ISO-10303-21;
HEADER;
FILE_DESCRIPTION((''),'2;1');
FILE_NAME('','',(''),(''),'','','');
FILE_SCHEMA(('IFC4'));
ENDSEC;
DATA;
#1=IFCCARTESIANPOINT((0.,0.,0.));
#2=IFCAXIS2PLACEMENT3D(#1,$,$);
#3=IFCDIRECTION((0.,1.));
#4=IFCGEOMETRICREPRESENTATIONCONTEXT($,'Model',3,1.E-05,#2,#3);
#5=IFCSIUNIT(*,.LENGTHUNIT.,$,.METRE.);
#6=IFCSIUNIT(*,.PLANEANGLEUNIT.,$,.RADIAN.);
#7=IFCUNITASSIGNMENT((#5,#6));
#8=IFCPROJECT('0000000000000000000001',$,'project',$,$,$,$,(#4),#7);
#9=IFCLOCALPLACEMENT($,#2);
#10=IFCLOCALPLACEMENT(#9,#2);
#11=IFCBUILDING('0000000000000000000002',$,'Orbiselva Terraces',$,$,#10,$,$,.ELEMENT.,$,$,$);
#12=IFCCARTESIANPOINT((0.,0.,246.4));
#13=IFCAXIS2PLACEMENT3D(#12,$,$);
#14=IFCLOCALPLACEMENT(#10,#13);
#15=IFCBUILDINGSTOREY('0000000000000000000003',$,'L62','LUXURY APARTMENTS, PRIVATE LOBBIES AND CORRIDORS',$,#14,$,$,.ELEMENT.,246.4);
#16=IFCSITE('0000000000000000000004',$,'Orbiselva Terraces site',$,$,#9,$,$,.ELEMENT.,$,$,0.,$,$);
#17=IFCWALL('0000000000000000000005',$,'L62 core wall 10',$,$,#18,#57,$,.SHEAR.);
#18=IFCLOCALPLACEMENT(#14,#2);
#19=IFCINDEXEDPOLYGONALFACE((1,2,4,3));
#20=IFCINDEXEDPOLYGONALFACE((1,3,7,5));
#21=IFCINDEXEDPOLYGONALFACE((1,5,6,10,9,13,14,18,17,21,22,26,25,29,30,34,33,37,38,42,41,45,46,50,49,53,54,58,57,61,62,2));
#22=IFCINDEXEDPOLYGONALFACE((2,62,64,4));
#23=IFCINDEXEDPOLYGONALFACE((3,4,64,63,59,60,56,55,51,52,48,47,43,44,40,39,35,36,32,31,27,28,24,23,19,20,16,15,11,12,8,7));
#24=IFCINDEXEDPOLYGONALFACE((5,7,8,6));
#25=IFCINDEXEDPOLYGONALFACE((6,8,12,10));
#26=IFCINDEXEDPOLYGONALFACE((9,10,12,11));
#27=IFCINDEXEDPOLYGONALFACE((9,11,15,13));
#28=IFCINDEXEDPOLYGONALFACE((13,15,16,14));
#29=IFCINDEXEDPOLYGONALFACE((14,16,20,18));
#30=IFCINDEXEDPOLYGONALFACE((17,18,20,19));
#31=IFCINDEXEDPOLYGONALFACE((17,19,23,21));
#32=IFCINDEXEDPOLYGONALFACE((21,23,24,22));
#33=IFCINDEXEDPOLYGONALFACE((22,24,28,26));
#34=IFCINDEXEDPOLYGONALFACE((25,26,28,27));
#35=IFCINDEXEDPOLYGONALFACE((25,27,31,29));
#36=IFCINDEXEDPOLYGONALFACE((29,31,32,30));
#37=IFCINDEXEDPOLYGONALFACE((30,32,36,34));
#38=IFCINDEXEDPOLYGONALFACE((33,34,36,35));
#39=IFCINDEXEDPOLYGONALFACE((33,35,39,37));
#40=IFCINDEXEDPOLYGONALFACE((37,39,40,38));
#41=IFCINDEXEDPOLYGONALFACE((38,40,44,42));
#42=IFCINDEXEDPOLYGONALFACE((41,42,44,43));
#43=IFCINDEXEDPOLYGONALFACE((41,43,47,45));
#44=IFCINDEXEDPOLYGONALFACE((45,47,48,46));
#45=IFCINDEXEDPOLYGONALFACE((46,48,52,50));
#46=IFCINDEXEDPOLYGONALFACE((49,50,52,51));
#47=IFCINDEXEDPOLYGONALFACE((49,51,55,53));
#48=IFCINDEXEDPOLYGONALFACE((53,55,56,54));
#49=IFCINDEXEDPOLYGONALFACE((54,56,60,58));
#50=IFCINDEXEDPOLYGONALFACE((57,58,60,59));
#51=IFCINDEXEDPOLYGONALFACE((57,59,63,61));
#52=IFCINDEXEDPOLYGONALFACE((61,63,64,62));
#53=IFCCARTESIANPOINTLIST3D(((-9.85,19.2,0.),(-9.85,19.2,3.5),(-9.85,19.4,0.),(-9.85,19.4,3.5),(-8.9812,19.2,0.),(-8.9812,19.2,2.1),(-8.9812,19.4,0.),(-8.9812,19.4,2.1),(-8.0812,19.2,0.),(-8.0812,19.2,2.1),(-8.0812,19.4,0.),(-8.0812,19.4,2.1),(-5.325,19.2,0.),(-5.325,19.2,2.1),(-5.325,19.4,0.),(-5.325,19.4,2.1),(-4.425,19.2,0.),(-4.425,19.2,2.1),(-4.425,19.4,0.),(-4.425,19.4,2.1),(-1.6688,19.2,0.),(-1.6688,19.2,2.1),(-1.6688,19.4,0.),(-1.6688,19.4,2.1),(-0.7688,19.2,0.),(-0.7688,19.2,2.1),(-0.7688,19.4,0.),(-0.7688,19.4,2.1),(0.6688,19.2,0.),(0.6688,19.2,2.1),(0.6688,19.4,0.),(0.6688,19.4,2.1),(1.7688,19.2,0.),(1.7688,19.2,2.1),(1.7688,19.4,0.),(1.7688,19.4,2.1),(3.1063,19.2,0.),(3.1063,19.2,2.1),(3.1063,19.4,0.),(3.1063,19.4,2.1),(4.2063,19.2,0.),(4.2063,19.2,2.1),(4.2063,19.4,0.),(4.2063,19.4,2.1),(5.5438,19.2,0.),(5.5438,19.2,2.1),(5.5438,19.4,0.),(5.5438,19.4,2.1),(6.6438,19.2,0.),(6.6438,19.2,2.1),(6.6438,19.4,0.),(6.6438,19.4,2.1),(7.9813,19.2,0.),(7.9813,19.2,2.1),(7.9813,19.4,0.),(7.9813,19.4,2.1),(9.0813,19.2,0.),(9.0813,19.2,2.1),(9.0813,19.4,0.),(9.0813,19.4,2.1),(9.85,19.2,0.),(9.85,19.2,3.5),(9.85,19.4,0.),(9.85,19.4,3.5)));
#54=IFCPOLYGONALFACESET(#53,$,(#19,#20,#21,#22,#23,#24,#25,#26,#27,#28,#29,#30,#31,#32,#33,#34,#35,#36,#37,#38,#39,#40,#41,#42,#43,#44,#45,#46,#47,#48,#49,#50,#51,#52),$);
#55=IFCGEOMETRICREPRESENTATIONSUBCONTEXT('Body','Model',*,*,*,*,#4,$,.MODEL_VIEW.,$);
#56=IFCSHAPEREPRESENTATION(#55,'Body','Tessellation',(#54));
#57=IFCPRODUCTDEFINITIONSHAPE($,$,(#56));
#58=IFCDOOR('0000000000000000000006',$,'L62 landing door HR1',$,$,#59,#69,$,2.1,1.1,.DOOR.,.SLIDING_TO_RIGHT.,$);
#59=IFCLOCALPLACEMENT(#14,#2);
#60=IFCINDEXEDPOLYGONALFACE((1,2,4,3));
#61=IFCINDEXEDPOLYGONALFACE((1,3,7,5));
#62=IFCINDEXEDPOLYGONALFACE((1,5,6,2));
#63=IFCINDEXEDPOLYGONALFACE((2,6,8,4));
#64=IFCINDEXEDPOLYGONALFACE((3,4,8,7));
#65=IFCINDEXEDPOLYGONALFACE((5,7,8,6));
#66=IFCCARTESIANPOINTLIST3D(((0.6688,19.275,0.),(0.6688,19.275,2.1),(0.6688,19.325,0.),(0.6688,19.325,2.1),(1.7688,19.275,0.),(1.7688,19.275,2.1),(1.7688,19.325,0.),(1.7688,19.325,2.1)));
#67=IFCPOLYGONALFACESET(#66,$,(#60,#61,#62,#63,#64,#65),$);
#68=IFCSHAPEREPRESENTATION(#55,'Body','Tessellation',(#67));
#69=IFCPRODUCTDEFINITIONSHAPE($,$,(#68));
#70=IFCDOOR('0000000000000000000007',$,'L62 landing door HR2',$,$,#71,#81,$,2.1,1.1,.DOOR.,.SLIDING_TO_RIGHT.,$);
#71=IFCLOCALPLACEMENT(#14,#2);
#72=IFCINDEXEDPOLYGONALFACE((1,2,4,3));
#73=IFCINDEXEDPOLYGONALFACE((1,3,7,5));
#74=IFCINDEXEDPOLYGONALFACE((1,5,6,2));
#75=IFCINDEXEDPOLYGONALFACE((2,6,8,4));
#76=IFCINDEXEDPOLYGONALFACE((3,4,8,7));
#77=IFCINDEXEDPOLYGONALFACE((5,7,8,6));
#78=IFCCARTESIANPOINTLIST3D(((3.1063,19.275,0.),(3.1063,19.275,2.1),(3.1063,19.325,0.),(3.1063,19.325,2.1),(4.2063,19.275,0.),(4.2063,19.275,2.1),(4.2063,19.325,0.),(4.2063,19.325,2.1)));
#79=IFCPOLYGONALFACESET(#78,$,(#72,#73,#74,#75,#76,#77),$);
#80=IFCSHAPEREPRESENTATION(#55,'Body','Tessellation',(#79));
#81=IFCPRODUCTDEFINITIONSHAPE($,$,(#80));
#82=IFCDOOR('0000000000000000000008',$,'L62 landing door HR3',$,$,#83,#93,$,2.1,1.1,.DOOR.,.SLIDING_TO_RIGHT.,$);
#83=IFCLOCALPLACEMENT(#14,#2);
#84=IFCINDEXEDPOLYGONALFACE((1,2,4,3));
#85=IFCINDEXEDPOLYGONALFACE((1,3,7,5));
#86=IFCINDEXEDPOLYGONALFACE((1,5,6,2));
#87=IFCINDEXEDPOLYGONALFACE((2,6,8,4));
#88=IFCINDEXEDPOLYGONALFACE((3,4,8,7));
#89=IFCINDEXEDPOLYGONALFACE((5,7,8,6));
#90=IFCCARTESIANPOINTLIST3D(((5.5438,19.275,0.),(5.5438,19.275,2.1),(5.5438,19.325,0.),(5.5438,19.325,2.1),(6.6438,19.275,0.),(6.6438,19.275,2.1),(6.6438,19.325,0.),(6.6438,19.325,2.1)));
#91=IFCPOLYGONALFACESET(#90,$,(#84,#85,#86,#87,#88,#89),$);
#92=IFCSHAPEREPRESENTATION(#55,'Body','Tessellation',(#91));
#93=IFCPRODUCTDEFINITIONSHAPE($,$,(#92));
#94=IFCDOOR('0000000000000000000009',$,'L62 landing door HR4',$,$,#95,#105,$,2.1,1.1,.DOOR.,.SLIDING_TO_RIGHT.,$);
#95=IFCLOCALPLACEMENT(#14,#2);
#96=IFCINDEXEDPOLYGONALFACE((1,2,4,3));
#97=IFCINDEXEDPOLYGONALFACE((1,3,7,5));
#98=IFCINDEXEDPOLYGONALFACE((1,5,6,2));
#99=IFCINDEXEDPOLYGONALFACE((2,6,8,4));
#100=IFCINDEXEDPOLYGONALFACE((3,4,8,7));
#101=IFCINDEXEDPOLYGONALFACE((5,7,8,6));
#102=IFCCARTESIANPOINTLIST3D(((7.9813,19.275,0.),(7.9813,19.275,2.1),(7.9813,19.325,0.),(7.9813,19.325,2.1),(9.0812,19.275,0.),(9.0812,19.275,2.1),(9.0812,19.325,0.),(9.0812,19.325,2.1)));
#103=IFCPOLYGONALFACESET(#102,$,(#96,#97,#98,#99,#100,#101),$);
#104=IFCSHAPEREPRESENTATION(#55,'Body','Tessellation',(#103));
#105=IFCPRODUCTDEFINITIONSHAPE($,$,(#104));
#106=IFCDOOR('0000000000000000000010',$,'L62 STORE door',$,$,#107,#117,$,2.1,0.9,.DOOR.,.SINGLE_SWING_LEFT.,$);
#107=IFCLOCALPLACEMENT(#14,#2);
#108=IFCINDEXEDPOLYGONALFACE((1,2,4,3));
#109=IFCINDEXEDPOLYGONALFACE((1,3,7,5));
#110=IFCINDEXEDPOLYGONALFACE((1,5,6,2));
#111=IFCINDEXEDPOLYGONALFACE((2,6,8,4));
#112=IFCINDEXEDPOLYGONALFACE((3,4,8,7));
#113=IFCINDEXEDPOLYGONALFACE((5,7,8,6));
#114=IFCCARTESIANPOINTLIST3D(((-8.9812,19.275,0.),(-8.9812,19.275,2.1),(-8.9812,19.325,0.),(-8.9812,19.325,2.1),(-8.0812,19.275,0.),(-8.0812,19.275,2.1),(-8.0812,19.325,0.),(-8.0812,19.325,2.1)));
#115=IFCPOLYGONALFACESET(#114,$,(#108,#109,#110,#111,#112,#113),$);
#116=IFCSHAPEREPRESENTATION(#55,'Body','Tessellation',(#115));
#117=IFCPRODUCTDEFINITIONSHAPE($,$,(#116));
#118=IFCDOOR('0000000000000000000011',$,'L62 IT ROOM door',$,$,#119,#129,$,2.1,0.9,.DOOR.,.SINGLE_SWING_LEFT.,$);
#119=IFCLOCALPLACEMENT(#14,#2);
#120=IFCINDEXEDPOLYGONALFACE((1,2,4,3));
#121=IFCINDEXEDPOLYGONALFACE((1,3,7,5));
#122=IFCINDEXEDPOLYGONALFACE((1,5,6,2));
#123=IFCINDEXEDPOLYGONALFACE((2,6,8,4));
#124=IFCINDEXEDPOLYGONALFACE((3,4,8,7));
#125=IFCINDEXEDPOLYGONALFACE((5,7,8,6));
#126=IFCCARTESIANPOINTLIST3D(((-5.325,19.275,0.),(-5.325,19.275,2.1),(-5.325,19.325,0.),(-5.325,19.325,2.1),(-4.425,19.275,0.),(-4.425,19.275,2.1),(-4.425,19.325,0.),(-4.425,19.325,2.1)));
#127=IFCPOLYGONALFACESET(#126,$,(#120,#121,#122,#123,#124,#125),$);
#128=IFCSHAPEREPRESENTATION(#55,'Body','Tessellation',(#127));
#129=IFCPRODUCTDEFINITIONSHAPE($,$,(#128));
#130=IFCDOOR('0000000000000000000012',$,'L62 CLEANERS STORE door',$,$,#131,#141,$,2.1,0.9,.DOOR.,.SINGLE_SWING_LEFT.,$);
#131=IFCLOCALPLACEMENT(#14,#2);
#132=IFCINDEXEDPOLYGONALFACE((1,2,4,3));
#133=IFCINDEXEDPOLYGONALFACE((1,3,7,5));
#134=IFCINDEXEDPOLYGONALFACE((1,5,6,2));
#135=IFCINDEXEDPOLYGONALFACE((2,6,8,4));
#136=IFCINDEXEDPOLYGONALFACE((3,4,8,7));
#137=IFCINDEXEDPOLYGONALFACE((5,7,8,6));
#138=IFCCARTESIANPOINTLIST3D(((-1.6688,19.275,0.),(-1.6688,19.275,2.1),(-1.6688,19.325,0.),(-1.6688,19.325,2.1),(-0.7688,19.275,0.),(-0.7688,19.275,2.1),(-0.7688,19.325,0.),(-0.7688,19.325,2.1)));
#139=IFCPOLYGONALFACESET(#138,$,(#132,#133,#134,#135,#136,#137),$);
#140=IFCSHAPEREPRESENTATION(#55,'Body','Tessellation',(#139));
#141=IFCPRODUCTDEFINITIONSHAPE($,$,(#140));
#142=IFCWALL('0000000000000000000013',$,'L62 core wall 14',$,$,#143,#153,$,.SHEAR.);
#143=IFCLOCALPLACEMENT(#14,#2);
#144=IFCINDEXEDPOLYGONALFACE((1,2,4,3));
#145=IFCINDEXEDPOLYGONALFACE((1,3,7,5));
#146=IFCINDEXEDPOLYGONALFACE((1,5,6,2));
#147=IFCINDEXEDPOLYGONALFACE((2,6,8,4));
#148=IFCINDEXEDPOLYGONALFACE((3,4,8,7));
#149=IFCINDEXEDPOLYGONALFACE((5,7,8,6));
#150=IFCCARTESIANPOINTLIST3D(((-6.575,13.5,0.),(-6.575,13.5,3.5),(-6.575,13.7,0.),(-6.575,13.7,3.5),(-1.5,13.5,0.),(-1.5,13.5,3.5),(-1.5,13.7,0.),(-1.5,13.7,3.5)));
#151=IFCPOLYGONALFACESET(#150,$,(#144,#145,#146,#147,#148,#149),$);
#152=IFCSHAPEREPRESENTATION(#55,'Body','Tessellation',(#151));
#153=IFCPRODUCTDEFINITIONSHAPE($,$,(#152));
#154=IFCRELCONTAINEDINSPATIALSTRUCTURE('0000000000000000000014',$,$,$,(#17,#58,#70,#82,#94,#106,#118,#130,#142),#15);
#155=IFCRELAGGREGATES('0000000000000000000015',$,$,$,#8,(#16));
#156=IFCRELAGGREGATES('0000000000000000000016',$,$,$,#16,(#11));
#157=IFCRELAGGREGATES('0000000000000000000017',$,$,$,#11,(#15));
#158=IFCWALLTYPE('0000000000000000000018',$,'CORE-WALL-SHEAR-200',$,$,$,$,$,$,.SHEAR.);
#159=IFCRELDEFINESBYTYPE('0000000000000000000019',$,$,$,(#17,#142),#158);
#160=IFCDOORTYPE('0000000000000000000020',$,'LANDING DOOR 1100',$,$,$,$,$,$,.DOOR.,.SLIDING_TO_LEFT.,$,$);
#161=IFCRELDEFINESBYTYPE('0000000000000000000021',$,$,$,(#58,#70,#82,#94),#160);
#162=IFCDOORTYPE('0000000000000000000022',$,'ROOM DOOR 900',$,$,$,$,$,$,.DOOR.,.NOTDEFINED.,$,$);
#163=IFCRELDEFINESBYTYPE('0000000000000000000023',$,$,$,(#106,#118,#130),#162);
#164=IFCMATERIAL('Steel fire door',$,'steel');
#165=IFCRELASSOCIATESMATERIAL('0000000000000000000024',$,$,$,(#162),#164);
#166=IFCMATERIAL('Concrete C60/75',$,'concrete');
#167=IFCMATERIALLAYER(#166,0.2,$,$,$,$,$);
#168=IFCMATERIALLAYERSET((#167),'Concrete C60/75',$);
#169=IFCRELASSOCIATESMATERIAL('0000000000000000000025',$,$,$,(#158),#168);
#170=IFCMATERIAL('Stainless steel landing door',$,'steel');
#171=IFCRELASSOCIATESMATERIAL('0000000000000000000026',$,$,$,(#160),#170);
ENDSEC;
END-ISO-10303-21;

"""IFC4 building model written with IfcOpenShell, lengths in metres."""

from ifc_helpers import new_model, si_unit, direction, frame, frame_2d, origin, place, context, subcontext, project, spatial, rectangle, extrude, material, layer, layer_set, type_object, element, fill, save


model = new_model("IFC4")

# Units and contexts
model_context = context("Model", 3, precision=1e-05, world=origin(), true_north=direction((0.0, 1.0)))
body_context = subcontext(model_context, "Body", "Model", "MODEL_VIEW")
ifc_project = project(units=[si_unit("LENGTHUNIT", "METRE"), si_unit("PLANEANGLEUNIT", "RADIAN")], contexts=[model_context])

# Site, building, storey
site_placement = place(None, origin())
site = spatial("IfcSite", under=ifc_project, at=site_placement, Name="Orbiselva Terraces site", CompositionType="ELEMENT", RefElevation=0.0)
building_placement = place(site_placement, origin())
building = spatial("IfcBuilding", under=site, at=building_placement, Name="Orbiselva Terraces", CompositionType="ELEMENT")
storey_placement = place(building_placement, frame((0.0, 0.0, 246.4)))
storey = spatial("IfcBuildingStorey", under=building, at=storey_placement, Name="L62", Description="LUXURY APARTMENTS, PRIVATE LOBBIES AND CORRIDORS", CompositionType="ELEMENT", Elevation=246.4)

# Shared definitions
ifc_material_1 = material(Name="Steel fire door", Category="steel")
door_type_1 = type_object("IfcDoorType", Name="ROOM DOOR 900", OperationType="NOTDEFINED", PredefinedType="DOOR", material=ifc_material_1)

# Shared definitions
ifc_material_2 = material(Name="Concrete C60/75", Category="concrete")
ifc_layer_1 = layer(ifc_material_2, 0.2)
ifc_layer_set_1 = layer_set([ifc_layer_1], Name="Concrete C60/75")
wall_type_1 = type_object("IfcWallType", Name="CORE-WALL-SHEAR-200", PredefinedType="SHEAR", material=ifc_layer_set_1)

# Wall, openings, doors
wall_1_placement = place(storey_placement, frame((-9.85, 19.3, 0.0), z_axis=(0.0, 0.0, 1.0), x_axis=(1.0, 0.0, 0.0)))
wall_1 = element("IfcWall", 1, at=wall_1_placement, inside=storey, type_object=wall_type_1, Name="L62 core wall 10", PredefinedType="SHEAR", context=body_context, shape_type="SweptSolid", body=[
    extrude(rectangle(XDim=19.7, YDim=0.2, at=frame_2d((9.85, 0.0))), origin(), (0.0, 0.0, 1.0), 3.5),
])
opening_1_placement = place(wall_1_placement, frame((10.5188, 0.0, 0.0)))
opening_1 = element("IfcOpeningElement", 2, at=opening_1_placement, cuts=wall_1, PredefinedType="OPENING", context=body_context, shape_type="SweptSolid", body=[
    extrude(rectangle(XDim=1.1, YDim=2.1, at=frame_2d((0.55, 1.05))), frame((0.0, 0.11, 0.0), z_axis=(0.0, -1.0, 0.0), x_axis=(1.0, 0.0, 0.0)), (0.0, 0.0, 1.0), 0.22),
])
opening_2_placement = place(wall_1_placement, frame((12.9563, 0.0, 0.0)))
opening_2 = element("IfcOpeningElement", 3, at=opening_2_placement, cuts=wall_1, PredefinedType="OPENING", context=body_context, shape_type="SweptSolid", body=[
    extrude(rectangle(XDim=1.1, YDim=2.1, at=frame_2d((0.55, 1.05))), frame((0.0, 0.11, 0.0), z_axis=(0.0, -1.0, 0.0), x_axis=(1.0, 0.0, 0.0)), (0.0, 0.0, 1.0), 0.22),
])
opening_3_placement = place(wall_1_placement, frame((15.3938, 0.0, 0.0)))
opening_3 = element("IfcOpeningElement", 4, at=opening_3_placement, cuts=wall_1, PredefinedType="OPENING", context=body_context, shape_type="SweptSolid", body=[
    extrude(rectangle(XDim=1.1, YDim=2.1, at=frame_2d((0.55, 1.05))), frame((0.0, 0.11, 0.0), z_axis=(0.0, -1.0, 0.0), x_axis=(1.0, 0.0, 0.0)), (0.0, 0.0, 1.0), 0.22),
])
opening_4_placement = place(wall_1_placement, frame((17.8313, 0.0, 0.0)))
opening_4 = element("IfcOpeningElement", 5, at=opening_4_placement, cuts=wall_1, PredefinedType="OPENING", context=body_context, shape_type="SweptSolid", body=[
    extrude(rectangle(XDim=1.1, YDim=2.1, at=frame_2d((0.55, 1.05))), frame((0.0, 0.11, 0.0), z_axis=(0.0, -1.0, 0.0), x_axis=(1.0, 0.0, 0.0)), (0.0, 0.0, 1.0), 0.22),
])
opening_5_placement = place(wall_1_placement, frame((0.8688, 0.0, 0.0)))
opening_5 = element("IfcOpeningElement", 6, at=opening_5_placement, cuts=wall_1, PredefinedType="OPENING", context=body_context, shape_type="SweptSolid", body=[
    extrude(rectangle(XDim=0.9, YDim=2.1, at=frame_2d((0.45, 1.05))), frame((0.0, 0.11, 0.0), z_axis=(0.0, -1.0, 0.0), x_axis=(1.0, 0.0, 0.0)), (0.0, 0.0, 1.0), 0.22),
])
opening_6_placement = place(wall_1_placement, frame((4.525, 0.0, 0.0)))
opening_6 = element("IfcOpeningElement", 7, at=opening_6_placement, cuts=wall_1, PredefinedType="OPENING", context=body_context, shape_type="SweptSolid", body=[
    extrude(rectangle(XDim=0.9, YDim=2.1, at=frame_2d((0.45, 1.05))), frame((0.0, 0.11, 0.0), z_axis=(0.0, -1.0, 0.0), x_axis=(1.0, 0.0, 0.0)), (0.0, 0.0, 1.0), 0.22),
])
opening_7_placement = place(wall_1_placement, frame((8.1812, 0.0, 0.0)))
opening_7 = element("IfcOpeningElement", 8, at=opening_7_placement, cuts=wall_1, PredefinedType="OPENING", context=body_context, shape_type="SweptSolid", body=[
    extrude(rectangle(XDim=0.9, YDim=2.1, at=frame_2d((0.45, 1.05))), frame((0.0, 0.11, 0.0), z_axis=(0.0, -1.0, 0.0), x_axis=(1.0, 0.0, 0.0)), (0.0, 0.0, 1.0), 0.22),
])
ifc_material_3 = material(Name="Stainless steel landing door", Category="steel")
door_type_2 = type_object("IfcDoorType", Name="LANDING DOOR 1100", OperationType="SLIDING_TO_LEFT", PredefinedType="DOOR", material=ifc_material_3)
door_1_placement = place(opening_1_placement, origin())
door_1 = element("IfcDoor", 9, at=door_1_placement, inside=storey, type_object=door_type_2, Name="L62 landing door HR1", OperationType="SLIDING_TO_RIGHT", OverallHeight=2.1, OverallWidth=1.1, PredefinedType="DOOR", context=body_context, shape_type="SweptSolid", body=[
    extrude(rectangle(XDim=1.1, YDim=2.1, at=frame_2d((0.55, 1.05))), frame((0.0, 0.025, 0.0), z_axis=(0.0, -1.0, 0.0), x_axis=(1.0, 0.0, 0.0)), (0.0, 0.0, 1.0), 0.05),
])
fill(opening_1, door_1)
door_2_placement = place(opening_2_placement, origin())
door_2 = element("IfcDoor", 10, at=door_2_placement, inside=storey, type_object=door_type_2, Name="L62 landing door HR2", OperationType="SLIDING_TO_RIGHT", OverallHeight=2.1, OverallWidth=1.1, PredefinedType="DOOR", context=body_context, shape_type="SweptSolid", body=[
    extrude(rectangle(XDim=1.1, YDim=2.1, at=frame_2d((0.55, 1.05))), frame((0.0, 0.025, 0.0), z_axis=(0.0, -1.0, 0.0), x_axis=(1.0, 0.0, 0.0)), (0.0, 0.0, 1.0), 0.05),
])
fill(opening_2, door_2)
door_3_placement = place(opening_3_placement, origin())
door_3 = element("IfcDoor", 11, at=door_3_placement, inside=storey, type_object=door_type_2, Name="L62 landing door HR3", OperationType="SLIDING_TO_RIGHT", OverallHeight=2.1, OverallWidth=1.1, PredefinedType="DOOR", context=body_context, shape_type="SweptSolid", body=[
    extrude(rectangle(XDim=1.1, YDim=2.1, at=frame_2d((0.55, 1.05))), frame((0.0, 0.025, 0.0), z_axis=(0.0, -1.0, 0.0), x_axis=(1.0, 0.0, 0.0)), (0.0, 0.0, 1.0), 0.05),
])
fill(opening_3, door_3)
door_4_placement = place(opening_4_placement, origin())
door_4 = element("IfcDoor", 12, at=door_4_placement, inside=storey, type_object=door_type_2, Name="L62 landing door HR4", OperationType="SLIDING_TO_RIGHT", OverallHeight=2.1, OverallWidth=1.1, PredefinedType="DOOR", context=body_context, shape_type="SweptSolid", body=[
    extrude(rectangle(XDim=1.1, YDim=2.1, at=frame_2d((0.55, 1.05))), frame((0.0, 0.025, 0.0), z_axis=(0.0, -1.0, 0.0), x_axis=(1.0, 0.0, 0.0)), (0.0, 0.0, 1.0), 0.05),
])
fill(opening_4, door_4)
door_5_placement = place(opening_5_placement, origin())
door_5 = element("IfcDoor", 13, at=door_5_placement, inside=storey, type_object=door_type_1, Name="L62 STORE door", OperationType="SINGLE_SWING_LEFT", OverallHeight=2.1, OverallWidth=0.9, PredefinedType="DOOR", context=body_context, shape_type="SweptSolid", body=[
    extrude(rectangle(XDim=0.9, YDim=2.1, at=frame_2d((0.45, 1.05))), frame((0.0, 0.025, 0.0), z_axis=(0.0, -1.0, 0.0), x_axis=(1.0, 0.0, 0.0)), (0.0, 0.0, 1.0), 0.05),
])
fill(opening_5, door_5)
door_6_placement = place(opening_6_placement, origin())
door_6 = element("IfcDoor", 14, at=door_6_placement, inside=storey, type_object=door_type_1, Name="L62 IT ROOM door", OperationType="SINGLE_SWING_LEFT", OverallHeight=2.1, OverallWidth=0.9, PredefinedType="DOOR", context=body_context, shape_type="SweptSolid", body=[
    extrude(rectangle(XDim=0.9, YDim=2.1, at=frame_2d((0.45, 1.05))), frame((0.0, 0.025, 0.0), z_axis=(0.0, -1.0, 0.0), x_axis=(1.0, 0.0, 0.0)), (0.0, 0.0, 1.0), 0.05),
])
fill(opening_6, door_6)
door_7_placement = place(opening_7_placement, origin())
door_7 = element("IfcDoor", 15, at=door_7_placement, inside=storey, type_object=door_type_1, Name="L62 CLEANERS STORE door", OperationType="SINGLE_SWING_LEFT", OverallHeight=2.1, OverallWidth=0.9, PredefinedType="DOOR", context=body_context, shape_type="SweptSolid", body=[
    extrude(rectangle(XDim=0.9, YDim=2.1, at=frame_2d((0.45, 1.05))), frame((0.0, 0.025, 0.0), z_axis=(0.0, -1.0, 0.0), x_axis=(1.0, 0.0, 0.0)), (0.0, 0.0, 1.0), 0.05),
])
fill(opening_7, door_7)

# Wall
wall_2_placement = place(storey_placement, frame((-6.575, 13.6, 0.0), z_axis=(0.0, 0.0, 1.0), x_axis=(1.0, 0.0, 0.0)))
element("IfcWall", 16, at=wall_2_placement, inside=storey, type_object=wall_type_1, Name="L62 core wall 14", PredefinedType="SHEAR", context=body_context, shape_type="SweptSolid", body=[
    extrude(rectangle(XDim=5.075, YDim=0.2, at=frame_2d((2.5375, 0.0))), origin(), (0.0, 0.0, 1.0), 3.5),
])

save(model, "model.ifc")
